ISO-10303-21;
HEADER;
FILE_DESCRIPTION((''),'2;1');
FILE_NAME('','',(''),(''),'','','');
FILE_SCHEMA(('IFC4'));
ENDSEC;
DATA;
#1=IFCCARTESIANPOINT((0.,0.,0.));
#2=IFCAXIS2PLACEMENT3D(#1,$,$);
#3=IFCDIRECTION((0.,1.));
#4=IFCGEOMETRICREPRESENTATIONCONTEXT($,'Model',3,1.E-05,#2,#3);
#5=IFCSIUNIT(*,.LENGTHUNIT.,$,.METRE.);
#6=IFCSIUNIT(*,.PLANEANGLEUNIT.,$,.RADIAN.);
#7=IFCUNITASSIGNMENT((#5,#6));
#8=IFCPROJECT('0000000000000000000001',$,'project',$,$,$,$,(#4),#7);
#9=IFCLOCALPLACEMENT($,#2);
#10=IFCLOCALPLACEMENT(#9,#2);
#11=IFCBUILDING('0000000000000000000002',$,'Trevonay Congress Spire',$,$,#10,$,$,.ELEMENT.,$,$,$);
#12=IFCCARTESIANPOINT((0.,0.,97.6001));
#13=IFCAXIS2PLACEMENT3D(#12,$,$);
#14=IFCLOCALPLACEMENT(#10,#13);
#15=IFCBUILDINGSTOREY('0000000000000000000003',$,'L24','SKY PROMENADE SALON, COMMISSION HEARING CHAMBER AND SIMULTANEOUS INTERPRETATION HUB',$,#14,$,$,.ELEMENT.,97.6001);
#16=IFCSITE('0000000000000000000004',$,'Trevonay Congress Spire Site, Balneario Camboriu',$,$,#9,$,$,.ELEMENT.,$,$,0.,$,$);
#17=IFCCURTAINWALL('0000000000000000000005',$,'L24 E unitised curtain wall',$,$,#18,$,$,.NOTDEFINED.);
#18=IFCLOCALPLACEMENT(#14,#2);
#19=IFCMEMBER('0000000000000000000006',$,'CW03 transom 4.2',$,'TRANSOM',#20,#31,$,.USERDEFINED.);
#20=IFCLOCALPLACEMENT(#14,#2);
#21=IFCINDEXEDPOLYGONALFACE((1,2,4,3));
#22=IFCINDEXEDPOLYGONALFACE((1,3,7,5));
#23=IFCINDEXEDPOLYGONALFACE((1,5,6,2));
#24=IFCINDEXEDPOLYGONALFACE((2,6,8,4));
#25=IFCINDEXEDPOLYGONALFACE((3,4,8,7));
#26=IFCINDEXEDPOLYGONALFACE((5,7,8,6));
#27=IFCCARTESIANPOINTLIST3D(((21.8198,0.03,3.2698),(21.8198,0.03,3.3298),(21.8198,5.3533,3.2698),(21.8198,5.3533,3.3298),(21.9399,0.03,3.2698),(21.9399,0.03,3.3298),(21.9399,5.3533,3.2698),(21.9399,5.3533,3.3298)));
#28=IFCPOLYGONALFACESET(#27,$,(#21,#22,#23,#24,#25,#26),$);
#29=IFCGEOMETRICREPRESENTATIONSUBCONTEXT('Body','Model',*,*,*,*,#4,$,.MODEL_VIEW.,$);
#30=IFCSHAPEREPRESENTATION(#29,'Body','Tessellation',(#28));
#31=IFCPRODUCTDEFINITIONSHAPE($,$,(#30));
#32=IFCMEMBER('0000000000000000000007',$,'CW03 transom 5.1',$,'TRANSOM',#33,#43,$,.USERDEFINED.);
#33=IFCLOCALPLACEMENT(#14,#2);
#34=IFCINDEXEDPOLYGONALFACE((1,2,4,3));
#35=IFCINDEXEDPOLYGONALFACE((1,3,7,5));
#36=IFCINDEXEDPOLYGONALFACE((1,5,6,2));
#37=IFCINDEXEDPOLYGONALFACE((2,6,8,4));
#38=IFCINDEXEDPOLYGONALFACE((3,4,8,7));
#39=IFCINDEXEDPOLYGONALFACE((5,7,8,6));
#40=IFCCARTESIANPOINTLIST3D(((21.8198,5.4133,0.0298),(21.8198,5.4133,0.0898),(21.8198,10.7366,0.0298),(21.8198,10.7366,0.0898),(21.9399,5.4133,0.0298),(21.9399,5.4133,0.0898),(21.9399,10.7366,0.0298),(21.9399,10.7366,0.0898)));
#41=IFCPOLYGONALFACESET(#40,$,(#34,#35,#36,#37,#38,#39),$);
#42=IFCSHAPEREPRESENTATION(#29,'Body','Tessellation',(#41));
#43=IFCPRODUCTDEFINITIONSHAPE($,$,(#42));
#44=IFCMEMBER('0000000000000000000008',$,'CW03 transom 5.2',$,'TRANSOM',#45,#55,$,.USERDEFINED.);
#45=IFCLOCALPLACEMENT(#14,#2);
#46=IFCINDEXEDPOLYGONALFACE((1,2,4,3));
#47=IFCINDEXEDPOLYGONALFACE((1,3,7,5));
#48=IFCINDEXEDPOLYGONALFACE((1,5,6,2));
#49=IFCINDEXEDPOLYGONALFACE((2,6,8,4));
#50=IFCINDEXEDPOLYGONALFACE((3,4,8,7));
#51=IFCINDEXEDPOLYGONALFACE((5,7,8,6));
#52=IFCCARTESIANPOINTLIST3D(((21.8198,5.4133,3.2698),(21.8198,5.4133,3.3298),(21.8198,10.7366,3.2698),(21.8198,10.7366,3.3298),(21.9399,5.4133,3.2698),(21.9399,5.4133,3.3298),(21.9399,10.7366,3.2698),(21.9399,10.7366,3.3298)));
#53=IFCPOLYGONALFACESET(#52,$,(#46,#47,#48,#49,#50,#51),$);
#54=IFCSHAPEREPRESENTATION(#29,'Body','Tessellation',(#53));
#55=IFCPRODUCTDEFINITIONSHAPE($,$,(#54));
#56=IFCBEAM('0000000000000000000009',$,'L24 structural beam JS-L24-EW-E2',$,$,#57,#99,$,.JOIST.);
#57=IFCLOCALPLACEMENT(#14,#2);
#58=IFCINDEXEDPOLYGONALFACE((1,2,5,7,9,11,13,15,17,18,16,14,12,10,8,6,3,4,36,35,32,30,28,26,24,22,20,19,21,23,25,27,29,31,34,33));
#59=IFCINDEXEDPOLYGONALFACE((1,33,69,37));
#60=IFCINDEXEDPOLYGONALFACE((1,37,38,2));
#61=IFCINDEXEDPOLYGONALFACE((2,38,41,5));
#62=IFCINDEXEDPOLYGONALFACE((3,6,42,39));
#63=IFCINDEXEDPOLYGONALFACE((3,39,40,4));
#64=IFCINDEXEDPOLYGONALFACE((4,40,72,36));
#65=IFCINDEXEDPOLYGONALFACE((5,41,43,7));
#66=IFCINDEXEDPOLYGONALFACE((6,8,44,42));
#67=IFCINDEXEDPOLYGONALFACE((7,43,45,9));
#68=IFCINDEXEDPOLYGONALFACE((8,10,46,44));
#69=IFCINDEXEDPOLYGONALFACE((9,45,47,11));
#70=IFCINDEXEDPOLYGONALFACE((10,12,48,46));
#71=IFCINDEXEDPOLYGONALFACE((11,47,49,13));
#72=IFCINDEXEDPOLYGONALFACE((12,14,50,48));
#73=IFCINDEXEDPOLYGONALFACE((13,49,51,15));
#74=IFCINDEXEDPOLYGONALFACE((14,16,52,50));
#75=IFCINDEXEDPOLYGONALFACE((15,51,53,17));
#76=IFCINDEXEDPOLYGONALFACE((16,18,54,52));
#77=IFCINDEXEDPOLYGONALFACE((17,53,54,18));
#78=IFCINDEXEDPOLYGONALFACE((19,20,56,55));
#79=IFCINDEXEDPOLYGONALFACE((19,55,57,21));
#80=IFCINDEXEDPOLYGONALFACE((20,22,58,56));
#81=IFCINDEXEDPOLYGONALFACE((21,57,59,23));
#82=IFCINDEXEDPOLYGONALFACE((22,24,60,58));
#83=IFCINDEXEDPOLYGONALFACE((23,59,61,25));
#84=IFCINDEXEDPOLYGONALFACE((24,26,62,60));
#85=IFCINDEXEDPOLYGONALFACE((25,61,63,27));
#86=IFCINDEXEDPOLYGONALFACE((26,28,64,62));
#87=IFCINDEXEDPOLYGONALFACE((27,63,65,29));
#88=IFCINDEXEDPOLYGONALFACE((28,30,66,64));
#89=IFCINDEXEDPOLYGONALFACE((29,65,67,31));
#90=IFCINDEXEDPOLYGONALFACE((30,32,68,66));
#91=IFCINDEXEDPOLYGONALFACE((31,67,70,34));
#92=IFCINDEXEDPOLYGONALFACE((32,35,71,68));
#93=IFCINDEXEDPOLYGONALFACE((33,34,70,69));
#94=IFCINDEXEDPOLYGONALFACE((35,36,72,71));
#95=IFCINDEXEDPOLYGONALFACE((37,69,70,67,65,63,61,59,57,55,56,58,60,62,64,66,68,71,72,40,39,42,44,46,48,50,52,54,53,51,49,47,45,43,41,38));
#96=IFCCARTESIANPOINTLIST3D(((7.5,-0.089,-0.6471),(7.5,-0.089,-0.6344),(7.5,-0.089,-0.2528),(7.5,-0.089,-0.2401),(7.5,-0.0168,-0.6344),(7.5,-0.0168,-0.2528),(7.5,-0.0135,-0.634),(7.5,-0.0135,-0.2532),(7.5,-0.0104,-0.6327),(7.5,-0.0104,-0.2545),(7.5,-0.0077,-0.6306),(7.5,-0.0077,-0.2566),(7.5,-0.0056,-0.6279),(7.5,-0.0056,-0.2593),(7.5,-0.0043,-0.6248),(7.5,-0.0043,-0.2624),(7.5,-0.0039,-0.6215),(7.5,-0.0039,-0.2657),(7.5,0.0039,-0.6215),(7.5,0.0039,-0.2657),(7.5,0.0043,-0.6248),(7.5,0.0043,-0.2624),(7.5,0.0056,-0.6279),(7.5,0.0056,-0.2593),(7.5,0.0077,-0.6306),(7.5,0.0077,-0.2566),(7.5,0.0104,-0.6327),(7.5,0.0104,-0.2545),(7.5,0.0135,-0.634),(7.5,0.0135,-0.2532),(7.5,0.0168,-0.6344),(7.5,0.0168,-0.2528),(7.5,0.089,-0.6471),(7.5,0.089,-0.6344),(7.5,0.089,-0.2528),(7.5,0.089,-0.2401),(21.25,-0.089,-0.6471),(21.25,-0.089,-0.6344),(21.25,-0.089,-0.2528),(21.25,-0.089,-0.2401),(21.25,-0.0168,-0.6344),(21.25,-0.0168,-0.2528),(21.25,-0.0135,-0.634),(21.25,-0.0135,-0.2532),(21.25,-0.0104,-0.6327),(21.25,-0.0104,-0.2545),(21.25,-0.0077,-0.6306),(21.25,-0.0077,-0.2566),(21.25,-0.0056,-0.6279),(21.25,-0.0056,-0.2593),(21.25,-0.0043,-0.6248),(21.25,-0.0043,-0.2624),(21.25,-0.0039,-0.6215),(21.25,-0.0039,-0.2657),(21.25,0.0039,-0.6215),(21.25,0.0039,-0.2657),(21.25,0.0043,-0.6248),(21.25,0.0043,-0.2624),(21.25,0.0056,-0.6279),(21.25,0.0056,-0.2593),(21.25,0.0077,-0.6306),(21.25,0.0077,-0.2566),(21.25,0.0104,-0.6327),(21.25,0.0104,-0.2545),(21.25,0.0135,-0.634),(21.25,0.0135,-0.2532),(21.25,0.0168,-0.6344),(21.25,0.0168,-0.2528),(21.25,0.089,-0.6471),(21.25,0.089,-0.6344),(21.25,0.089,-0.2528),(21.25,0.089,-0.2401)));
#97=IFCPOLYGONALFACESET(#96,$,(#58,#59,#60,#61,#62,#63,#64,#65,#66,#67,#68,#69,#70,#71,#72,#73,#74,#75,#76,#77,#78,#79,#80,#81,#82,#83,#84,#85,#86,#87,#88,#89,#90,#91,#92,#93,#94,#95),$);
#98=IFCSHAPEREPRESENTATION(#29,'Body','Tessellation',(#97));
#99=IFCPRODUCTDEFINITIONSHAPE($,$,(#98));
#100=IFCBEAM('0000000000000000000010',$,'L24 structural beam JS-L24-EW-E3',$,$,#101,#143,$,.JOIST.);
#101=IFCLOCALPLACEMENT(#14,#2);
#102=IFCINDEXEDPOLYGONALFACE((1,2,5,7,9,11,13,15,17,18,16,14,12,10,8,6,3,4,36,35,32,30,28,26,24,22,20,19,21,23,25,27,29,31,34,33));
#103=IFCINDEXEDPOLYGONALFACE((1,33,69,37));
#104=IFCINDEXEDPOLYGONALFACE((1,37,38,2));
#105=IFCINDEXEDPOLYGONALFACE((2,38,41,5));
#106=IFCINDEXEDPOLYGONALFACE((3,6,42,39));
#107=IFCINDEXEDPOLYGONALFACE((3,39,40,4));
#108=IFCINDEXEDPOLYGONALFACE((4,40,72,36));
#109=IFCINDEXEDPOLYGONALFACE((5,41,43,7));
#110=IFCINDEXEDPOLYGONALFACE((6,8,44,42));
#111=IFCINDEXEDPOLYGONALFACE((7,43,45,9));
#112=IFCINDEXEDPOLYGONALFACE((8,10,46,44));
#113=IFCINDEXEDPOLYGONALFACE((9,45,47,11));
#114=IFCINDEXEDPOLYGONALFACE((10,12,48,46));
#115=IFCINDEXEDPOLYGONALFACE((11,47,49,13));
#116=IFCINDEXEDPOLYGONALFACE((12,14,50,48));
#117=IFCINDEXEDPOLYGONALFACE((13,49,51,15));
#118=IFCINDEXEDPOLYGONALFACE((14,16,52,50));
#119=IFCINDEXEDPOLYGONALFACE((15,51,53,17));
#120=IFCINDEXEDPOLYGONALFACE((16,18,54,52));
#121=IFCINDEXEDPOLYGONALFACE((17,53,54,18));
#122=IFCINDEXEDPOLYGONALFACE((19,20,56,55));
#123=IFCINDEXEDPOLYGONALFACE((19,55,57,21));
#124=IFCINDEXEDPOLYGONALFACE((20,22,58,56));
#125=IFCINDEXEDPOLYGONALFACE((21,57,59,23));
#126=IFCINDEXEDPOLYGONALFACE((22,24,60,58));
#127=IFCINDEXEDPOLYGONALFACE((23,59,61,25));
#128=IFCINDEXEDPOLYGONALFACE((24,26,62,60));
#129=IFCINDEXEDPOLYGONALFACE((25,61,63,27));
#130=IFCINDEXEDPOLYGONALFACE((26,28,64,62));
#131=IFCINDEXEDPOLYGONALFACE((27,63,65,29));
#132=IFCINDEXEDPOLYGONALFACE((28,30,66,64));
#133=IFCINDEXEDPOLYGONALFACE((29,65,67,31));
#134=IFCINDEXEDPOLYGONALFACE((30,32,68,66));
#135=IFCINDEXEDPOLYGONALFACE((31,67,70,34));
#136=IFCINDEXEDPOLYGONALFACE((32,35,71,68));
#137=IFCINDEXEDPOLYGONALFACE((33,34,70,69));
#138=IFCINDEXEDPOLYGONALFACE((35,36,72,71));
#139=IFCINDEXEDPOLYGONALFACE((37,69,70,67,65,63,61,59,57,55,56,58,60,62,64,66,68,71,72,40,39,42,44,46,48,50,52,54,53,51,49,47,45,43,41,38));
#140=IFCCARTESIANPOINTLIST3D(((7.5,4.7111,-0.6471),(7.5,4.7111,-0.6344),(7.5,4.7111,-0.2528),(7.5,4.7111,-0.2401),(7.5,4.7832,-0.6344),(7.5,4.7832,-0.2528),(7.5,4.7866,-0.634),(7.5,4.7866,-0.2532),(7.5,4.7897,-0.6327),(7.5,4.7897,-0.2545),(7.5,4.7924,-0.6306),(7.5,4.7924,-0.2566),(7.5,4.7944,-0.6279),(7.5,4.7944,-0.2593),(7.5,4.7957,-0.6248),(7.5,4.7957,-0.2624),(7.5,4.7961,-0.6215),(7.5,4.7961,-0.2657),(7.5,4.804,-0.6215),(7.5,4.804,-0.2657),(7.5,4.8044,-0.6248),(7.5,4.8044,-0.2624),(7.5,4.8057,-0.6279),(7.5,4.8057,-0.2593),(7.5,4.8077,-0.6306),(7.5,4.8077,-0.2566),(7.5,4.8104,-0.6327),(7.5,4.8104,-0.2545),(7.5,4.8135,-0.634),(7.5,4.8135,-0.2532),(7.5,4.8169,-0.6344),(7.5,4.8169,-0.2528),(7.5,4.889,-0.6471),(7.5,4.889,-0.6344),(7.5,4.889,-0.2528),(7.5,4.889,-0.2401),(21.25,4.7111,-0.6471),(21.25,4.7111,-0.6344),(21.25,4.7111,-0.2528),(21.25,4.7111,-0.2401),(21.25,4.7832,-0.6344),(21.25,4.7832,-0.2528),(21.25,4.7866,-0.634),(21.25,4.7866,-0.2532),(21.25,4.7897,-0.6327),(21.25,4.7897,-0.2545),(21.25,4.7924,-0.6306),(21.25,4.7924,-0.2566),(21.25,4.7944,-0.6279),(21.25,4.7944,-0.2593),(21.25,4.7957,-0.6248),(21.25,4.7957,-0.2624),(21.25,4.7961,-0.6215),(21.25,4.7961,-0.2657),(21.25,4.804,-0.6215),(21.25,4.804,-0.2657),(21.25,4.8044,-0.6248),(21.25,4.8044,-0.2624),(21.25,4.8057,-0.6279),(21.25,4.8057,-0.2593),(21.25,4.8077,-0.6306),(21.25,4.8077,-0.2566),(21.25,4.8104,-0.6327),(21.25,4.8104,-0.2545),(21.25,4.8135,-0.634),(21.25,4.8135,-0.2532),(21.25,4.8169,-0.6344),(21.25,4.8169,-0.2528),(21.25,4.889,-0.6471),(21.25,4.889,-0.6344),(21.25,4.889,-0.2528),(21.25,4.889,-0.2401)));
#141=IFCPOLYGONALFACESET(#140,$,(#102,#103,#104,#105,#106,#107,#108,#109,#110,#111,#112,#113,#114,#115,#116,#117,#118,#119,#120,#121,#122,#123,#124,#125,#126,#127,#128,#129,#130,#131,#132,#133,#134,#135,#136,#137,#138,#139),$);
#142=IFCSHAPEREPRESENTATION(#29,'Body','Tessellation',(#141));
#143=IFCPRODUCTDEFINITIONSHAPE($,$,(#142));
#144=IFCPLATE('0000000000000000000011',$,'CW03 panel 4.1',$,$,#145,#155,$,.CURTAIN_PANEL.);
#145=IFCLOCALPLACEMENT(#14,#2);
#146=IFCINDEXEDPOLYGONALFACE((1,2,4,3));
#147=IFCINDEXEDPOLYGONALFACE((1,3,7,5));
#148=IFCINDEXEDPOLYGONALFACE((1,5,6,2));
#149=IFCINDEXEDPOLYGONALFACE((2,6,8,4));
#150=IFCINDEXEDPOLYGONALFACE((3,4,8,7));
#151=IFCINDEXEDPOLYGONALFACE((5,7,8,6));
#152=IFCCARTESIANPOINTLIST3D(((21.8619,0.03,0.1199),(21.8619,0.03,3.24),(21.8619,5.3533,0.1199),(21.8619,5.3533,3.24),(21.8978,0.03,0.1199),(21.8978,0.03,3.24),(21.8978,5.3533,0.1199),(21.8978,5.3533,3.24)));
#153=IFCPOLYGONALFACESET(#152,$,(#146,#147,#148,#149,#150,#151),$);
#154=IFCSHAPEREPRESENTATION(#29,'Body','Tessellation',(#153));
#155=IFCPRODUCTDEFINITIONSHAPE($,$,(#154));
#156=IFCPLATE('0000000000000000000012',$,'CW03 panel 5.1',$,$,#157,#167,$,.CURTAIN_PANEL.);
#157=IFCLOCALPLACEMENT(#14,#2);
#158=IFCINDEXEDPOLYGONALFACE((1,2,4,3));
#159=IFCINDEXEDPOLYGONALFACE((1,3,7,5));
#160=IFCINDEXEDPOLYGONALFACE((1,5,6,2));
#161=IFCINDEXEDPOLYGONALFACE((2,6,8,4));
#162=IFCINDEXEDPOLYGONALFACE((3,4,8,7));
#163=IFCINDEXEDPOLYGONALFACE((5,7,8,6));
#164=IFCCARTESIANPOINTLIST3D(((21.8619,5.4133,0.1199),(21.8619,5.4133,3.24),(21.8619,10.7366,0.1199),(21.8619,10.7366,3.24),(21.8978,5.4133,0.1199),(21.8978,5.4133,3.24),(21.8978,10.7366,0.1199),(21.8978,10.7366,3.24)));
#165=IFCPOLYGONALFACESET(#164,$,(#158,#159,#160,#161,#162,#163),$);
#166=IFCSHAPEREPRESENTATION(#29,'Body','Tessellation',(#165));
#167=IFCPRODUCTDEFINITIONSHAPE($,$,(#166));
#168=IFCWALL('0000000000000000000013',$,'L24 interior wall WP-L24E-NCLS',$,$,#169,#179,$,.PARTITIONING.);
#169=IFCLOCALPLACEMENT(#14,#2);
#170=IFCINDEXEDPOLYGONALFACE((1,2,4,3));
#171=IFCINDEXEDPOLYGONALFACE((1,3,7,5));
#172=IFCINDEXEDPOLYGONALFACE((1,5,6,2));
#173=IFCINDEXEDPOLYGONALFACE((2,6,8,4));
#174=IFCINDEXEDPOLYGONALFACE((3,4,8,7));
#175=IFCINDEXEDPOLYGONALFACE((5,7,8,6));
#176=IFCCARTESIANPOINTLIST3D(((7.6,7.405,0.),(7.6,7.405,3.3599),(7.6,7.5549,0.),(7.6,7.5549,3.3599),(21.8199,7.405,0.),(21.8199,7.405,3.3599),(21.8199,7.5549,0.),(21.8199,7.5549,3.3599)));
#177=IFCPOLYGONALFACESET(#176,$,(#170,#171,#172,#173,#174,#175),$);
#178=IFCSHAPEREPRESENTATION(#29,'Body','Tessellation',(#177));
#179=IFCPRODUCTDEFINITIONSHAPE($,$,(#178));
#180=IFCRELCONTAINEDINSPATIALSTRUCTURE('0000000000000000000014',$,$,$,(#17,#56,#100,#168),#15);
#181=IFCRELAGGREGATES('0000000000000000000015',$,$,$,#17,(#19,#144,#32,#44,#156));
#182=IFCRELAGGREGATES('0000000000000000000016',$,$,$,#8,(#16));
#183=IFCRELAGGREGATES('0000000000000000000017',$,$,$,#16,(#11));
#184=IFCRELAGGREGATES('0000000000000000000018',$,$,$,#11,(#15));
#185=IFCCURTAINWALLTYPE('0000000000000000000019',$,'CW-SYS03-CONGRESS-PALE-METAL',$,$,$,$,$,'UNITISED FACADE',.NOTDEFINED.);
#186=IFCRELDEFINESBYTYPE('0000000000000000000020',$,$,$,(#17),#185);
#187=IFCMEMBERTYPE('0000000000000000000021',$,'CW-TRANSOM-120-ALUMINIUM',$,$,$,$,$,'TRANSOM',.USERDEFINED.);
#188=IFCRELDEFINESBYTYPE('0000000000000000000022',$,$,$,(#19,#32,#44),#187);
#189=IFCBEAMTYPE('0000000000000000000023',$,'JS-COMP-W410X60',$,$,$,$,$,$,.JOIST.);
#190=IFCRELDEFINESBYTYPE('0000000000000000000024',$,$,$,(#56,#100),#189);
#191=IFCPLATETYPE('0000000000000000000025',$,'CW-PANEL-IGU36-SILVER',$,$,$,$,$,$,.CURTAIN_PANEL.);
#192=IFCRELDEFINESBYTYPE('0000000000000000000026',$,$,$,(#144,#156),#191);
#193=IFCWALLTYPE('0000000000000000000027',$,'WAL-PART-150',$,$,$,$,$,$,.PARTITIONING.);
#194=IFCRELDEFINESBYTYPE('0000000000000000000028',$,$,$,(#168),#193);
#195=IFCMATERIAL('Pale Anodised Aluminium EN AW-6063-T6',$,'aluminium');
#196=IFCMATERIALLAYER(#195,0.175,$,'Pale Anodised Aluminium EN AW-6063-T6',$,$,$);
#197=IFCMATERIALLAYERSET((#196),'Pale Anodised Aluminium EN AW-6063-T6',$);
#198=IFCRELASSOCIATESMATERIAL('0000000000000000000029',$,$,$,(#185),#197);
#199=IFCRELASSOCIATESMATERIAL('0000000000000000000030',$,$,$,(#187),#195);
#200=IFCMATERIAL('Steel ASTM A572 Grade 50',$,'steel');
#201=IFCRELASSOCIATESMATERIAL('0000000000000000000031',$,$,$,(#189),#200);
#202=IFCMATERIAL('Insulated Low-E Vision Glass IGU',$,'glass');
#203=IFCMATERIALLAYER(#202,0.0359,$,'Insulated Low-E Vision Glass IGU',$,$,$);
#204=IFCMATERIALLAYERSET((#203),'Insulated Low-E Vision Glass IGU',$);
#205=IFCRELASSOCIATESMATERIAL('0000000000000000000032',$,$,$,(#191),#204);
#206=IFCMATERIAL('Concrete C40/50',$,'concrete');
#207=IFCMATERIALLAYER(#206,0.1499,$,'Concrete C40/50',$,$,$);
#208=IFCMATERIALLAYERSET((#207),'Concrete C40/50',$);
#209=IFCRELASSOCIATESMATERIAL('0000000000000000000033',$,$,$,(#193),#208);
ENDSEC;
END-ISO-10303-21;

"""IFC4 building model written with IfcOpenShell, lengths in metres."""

from ifc_helpers import new_model, si_unit, direction, frame, frame_2d, origin, origin_2d, place, context, subcontext, project, spatial, rectangle, i_section, extrude, material, layer, layer_set, material_profile, profile_set, type_object, element, aggregate, save


model = new_model("IFC4")

# Units and contexts
model_context = context("Model", 3, precision=1e-05, world=origin(), true_north=direction((0.0, 1.0)))
body_context = subcontext(model_context, "Body", "Model", "MODEL_VIEW")
ifc_project = project(units=[si_unit("LENGTHUNIT", "METRE"), si_unit("PLANEANGLEUNIT", "RADIAN")], contexts=[model_context])

# Site, building, storey
site_placement = place(None, origin())
site = spatial("IfcSite", under=ifc_project, at=site_placement, Name="Trevonay Congress Spire Site, Balneario Camboriu", CompositionType="ELEMENT", RefElevation=0.0)
building_placement = place(site_placement, origin())
building = spatial("IfcBuilding", under=site, at=building_placement, Name="Trevonay Congress Spire", CompositionType="ELEMENT")
storey_placement = place(building_placement, frame((0.0, 0.0, 97.6001)))
storey = spatial("IfcBuildingStorey", under=building, at=storey_placement, Name="L24", Description="SKY PROMENADE SALON, COMMISSION HEARING CHAMBER AND SIMULTANEOUS INTERPRETATION HUB", CompositionType="ELEMENT", Elevation=97.6001)

# Shared definitions
ifc_material_1 = material(Name="Steel ASTM A572 Grade 50", Category="steel")

# Curtain wall, members
ifc_material_2 = material(Name="Pale Anodised Aluminium EN AW-6063-T6", Category="aluminium")
ifc_layer_1 = layer(ifc_material_2, 0.175, Name="Pale Anodised Aluminium EN AW-6063-T6")
ifc_layer_set_1 = layer_set([ifc_layer_1], Name="Pale Anodised Aluminium EN AW-6063-T6")
curtain_wall_type = type_object("IfcCurtainWallType", Name="CW-SYS03-CONGRESS-PALE-METAL", ElementType="UNITISED FACADE", PredefinedType="NOTDEFINED", material=ifc_layer_set_1)
curtain_wall_placement = place(storey_placement, origin())
curtain_wall = element("IfcCurtainWall", 1, at=curtain_wall_placement, inside=storey, type_object=curtain_wall_type, Name="L24 E unitised curtain wall", PredefinedType="NOTDEFINED")
ifc_material_profile_1 = material_profile(ifc_material_2, rectangle(XDim=0.1201, YDim=0.0601, at=origin_2d()), Name="CW-TRANSOM-120-ALUMINIUM")
ifc_profile_set_1 = profile_set([ifc_material_profile_1], Name="Pale Anodised Aluminium EN AW-6063-T6")
member_type_1 = type_object("IfcMemberType", Name="CW-TRANSOM-120-ALUMINIUM", ElementType="TRANSOM", PredefinedType="USERDEFINED", material=ifc_profile_set_1)
member_1_placement = place(storey_placement, frame((21.8799, 0.03, 3.2998), z_axis=(0.0, 1.0, 0.0), x_axis=(-1.0, 0.0, 0.0)))
member_1 = element("IfcMember", 2, at=member_1_placement, type_object=member_type_1, Name="CW03 transom 4.2", ObjectType="TRANSOM", PredefinedType="USERDEFINED", context=body_context, shape_type="SweptSolid", body=[
    extrude(rectangle(XDim=0.1201, YDim=0.0601, at=origin_2d()), origin(), (0.0, 0.0, 1.0), 5.3232),
])
member_2_placement = place(storey_placement, frame((21.8799, 5.4133, 0.0598), z_axis=(0.0, 1.0, 0.0), x_axis=(-1.0, 0.0, 0.0)))
member_2 = element("IfcMember", 3, at=member_2_placement, type_object=member_type_1, Name="CW03 transom 5.1", ObjectType="TRANSOM", PredefinedType="USERDEFINED", context=body_context, shape_type="SweptSolid", body=[
    extrude(rectangle(XDim=0.1201, YDim=0.0601, at=origin_2d()), origin(), (0.0, 0.0, 1.0), 5.3232),
])
member_3_placement = place(storey_placement, frame((21.8799, 5.4133, 3.2998), z_axis=(0.0, 1.0, 0.0), x_axis=(-1.0, 0.0, 0.0)))
member_3 = element("IfcMember", 4, at=member_3_placement, type_object=member_type_1, Name="CW03 transom 5.2", ObjectType="TRANSOM", PredefinedType="USERDEFINED", context=body_context, shape_type="SweptSolid", body=[
    extrude(rectangle(XDim=0.1201, YDim=0.0601, at=origin_2d()), origin(), (0.0, 0.0, 1.0), 5.3232),
])

# Beams
ifc_material_profile_2 = material_profile(ifc_material_1, i_section(OverallWidth=0.178, OverallDepth=0.407, WebThickness=0.0078, FlangeThickness=0.0127, FilletRadius=0.0129, at=origin_2d()), Name="W410x60")
ifc_profile_set_2 = profile_set([ifc_material_profile_2], Name="Steel ASTM A572 Grade 50")
beam_type_1 = type_object("IfcBeamType", Name="JS-COMP-W410X60", PredefinedType="JOIST", material=ifc_profile_set_2)
for number, where, z_axis, x_axis, name in (
    (5, (7.5, 0.0, -0.4436), (1.0, 0.0, 0.0), (0.0, 1.0, 0.0), "L24 structural beam JS-L24-EW-E2"),
    (6, (7.5, 4.8, -0.4436), (1.0, 0.0, 0.0), (0.0, 1.0, 0.0), "L24 structural beam JS-L24-EW-E3"),
):
    element("IfcBeam", number, at=place(storey_placement, frame(where, z_axis=z_axis, x_axis=x_axis)), inside=storey, type_object=beam_type_1, Name=name, PredefinedType="JOIST", context=body_context, shape_type="SweptSolid", body=[
        extrude(i_section(OverallWidth=0.178, OverallDepth=0.407, WebThickness=0.0078, FlangeThickness=0.0127, FilletRadius=0.0129, at=origin_2d()), origin(), (0.0, 0.0, 1.0), 13.75),
    ])

# Plates
ifc_material_3 = material(Name="Insulated Low-E Vision Glass IGU", Category="glass")
ifc_layer_2 = layer(ifc_material_3, 0.0359, Name="Insulated Low-E Vision Glass IGU")
ifc_layer_set_2 = layer_set([ifc_layer_2], Name="Insulated Low-E Vision Glass IGU")
plate_type = type_object("IfcPlateType", Name="CW-PANEL-IGU36-SILVER", PredefinedType="CURTAIN_PANEL", material=ifc_layer_set_2)
plate_1_placement = place(storey_placement, frame((21.8799, 2.6917, 0.1199), z_axis=(0.0, 0.0, 1.0), x_axis=(0.0, 1.0, 0.0)))
plate_1 = element("IfcPlate", 7, at=plate_1_placement, type_object=plate_type, Name="CW03 panel 4.1", PredefinedType="CURTAIN_PANEL", context=body_context, shape_type="SweptSolid", body=[
    extrude(rectangle(XDim=5.3232, YDim=0.0359, at=origin_2d()), origin(), (0.0, 0.0, 1.0), 3.1201),
])
plate_2_placement = place(storey_placement, frame((21.8799, 8.075, 0.1199), z_axis=(0.0, 0.0, 1.0), x_axis=(0.0, 1.0, 0.0)))
plate_2 = element("IfcPlate", 8, at=plate_2_placement, type_object=plate_type, Name="CW03 panel 5.1", PredefinedType="CURTAIN_PANEL", context=body_context, shape_type="SweptSolid", body=[
    extrude(rectangle(XDim=5.3232, YDim=0.0359, at=origin_2d()), origin(), (0.0, 0.0, 1.0), 3.1201),
])
aggregate(curtain_wall, [member_1, plate_1, member_2, member_3, plate_2])

# Wall
ifc_material_4 = material(Name="Concrete C40/50", Category="concrete")
ifc_layer_3 = layer(ifc_material_4, 0.1499, Name="Concrete C40/50")
ifc_layer_set_3 = layer_set([ifc_layer_3], Name="Concrete C40/50")
wall_type = type_object("IfcWallType", Name="WAL-PART-150", PredefinedType="PARTITIONING", material=ifc_layer_set_3)
wall_placement = place(storey_placement, frame((7.6001, 7.48, 0.0), z_axis=(0.0, 0.0, 1.0), x_axis=(1.0, 0.0, 0.0)))
element("IfcWall", 9, at=wall_placement, inside=storey, type_object=wall_type, Name="L24 interior wall WP-L24E-NCLS", PredefinedType="PARTITIONING", context=body_context, shape_type="SweptSolid", body=[
    extrude(rectangle(XDim=14.22, YDim=0.1499, at=frame_2d((7.1099, 0.0))), origin(), (0.0, 0.0, 1.0), 3.3599),
])

save(model, "model.ifc")
